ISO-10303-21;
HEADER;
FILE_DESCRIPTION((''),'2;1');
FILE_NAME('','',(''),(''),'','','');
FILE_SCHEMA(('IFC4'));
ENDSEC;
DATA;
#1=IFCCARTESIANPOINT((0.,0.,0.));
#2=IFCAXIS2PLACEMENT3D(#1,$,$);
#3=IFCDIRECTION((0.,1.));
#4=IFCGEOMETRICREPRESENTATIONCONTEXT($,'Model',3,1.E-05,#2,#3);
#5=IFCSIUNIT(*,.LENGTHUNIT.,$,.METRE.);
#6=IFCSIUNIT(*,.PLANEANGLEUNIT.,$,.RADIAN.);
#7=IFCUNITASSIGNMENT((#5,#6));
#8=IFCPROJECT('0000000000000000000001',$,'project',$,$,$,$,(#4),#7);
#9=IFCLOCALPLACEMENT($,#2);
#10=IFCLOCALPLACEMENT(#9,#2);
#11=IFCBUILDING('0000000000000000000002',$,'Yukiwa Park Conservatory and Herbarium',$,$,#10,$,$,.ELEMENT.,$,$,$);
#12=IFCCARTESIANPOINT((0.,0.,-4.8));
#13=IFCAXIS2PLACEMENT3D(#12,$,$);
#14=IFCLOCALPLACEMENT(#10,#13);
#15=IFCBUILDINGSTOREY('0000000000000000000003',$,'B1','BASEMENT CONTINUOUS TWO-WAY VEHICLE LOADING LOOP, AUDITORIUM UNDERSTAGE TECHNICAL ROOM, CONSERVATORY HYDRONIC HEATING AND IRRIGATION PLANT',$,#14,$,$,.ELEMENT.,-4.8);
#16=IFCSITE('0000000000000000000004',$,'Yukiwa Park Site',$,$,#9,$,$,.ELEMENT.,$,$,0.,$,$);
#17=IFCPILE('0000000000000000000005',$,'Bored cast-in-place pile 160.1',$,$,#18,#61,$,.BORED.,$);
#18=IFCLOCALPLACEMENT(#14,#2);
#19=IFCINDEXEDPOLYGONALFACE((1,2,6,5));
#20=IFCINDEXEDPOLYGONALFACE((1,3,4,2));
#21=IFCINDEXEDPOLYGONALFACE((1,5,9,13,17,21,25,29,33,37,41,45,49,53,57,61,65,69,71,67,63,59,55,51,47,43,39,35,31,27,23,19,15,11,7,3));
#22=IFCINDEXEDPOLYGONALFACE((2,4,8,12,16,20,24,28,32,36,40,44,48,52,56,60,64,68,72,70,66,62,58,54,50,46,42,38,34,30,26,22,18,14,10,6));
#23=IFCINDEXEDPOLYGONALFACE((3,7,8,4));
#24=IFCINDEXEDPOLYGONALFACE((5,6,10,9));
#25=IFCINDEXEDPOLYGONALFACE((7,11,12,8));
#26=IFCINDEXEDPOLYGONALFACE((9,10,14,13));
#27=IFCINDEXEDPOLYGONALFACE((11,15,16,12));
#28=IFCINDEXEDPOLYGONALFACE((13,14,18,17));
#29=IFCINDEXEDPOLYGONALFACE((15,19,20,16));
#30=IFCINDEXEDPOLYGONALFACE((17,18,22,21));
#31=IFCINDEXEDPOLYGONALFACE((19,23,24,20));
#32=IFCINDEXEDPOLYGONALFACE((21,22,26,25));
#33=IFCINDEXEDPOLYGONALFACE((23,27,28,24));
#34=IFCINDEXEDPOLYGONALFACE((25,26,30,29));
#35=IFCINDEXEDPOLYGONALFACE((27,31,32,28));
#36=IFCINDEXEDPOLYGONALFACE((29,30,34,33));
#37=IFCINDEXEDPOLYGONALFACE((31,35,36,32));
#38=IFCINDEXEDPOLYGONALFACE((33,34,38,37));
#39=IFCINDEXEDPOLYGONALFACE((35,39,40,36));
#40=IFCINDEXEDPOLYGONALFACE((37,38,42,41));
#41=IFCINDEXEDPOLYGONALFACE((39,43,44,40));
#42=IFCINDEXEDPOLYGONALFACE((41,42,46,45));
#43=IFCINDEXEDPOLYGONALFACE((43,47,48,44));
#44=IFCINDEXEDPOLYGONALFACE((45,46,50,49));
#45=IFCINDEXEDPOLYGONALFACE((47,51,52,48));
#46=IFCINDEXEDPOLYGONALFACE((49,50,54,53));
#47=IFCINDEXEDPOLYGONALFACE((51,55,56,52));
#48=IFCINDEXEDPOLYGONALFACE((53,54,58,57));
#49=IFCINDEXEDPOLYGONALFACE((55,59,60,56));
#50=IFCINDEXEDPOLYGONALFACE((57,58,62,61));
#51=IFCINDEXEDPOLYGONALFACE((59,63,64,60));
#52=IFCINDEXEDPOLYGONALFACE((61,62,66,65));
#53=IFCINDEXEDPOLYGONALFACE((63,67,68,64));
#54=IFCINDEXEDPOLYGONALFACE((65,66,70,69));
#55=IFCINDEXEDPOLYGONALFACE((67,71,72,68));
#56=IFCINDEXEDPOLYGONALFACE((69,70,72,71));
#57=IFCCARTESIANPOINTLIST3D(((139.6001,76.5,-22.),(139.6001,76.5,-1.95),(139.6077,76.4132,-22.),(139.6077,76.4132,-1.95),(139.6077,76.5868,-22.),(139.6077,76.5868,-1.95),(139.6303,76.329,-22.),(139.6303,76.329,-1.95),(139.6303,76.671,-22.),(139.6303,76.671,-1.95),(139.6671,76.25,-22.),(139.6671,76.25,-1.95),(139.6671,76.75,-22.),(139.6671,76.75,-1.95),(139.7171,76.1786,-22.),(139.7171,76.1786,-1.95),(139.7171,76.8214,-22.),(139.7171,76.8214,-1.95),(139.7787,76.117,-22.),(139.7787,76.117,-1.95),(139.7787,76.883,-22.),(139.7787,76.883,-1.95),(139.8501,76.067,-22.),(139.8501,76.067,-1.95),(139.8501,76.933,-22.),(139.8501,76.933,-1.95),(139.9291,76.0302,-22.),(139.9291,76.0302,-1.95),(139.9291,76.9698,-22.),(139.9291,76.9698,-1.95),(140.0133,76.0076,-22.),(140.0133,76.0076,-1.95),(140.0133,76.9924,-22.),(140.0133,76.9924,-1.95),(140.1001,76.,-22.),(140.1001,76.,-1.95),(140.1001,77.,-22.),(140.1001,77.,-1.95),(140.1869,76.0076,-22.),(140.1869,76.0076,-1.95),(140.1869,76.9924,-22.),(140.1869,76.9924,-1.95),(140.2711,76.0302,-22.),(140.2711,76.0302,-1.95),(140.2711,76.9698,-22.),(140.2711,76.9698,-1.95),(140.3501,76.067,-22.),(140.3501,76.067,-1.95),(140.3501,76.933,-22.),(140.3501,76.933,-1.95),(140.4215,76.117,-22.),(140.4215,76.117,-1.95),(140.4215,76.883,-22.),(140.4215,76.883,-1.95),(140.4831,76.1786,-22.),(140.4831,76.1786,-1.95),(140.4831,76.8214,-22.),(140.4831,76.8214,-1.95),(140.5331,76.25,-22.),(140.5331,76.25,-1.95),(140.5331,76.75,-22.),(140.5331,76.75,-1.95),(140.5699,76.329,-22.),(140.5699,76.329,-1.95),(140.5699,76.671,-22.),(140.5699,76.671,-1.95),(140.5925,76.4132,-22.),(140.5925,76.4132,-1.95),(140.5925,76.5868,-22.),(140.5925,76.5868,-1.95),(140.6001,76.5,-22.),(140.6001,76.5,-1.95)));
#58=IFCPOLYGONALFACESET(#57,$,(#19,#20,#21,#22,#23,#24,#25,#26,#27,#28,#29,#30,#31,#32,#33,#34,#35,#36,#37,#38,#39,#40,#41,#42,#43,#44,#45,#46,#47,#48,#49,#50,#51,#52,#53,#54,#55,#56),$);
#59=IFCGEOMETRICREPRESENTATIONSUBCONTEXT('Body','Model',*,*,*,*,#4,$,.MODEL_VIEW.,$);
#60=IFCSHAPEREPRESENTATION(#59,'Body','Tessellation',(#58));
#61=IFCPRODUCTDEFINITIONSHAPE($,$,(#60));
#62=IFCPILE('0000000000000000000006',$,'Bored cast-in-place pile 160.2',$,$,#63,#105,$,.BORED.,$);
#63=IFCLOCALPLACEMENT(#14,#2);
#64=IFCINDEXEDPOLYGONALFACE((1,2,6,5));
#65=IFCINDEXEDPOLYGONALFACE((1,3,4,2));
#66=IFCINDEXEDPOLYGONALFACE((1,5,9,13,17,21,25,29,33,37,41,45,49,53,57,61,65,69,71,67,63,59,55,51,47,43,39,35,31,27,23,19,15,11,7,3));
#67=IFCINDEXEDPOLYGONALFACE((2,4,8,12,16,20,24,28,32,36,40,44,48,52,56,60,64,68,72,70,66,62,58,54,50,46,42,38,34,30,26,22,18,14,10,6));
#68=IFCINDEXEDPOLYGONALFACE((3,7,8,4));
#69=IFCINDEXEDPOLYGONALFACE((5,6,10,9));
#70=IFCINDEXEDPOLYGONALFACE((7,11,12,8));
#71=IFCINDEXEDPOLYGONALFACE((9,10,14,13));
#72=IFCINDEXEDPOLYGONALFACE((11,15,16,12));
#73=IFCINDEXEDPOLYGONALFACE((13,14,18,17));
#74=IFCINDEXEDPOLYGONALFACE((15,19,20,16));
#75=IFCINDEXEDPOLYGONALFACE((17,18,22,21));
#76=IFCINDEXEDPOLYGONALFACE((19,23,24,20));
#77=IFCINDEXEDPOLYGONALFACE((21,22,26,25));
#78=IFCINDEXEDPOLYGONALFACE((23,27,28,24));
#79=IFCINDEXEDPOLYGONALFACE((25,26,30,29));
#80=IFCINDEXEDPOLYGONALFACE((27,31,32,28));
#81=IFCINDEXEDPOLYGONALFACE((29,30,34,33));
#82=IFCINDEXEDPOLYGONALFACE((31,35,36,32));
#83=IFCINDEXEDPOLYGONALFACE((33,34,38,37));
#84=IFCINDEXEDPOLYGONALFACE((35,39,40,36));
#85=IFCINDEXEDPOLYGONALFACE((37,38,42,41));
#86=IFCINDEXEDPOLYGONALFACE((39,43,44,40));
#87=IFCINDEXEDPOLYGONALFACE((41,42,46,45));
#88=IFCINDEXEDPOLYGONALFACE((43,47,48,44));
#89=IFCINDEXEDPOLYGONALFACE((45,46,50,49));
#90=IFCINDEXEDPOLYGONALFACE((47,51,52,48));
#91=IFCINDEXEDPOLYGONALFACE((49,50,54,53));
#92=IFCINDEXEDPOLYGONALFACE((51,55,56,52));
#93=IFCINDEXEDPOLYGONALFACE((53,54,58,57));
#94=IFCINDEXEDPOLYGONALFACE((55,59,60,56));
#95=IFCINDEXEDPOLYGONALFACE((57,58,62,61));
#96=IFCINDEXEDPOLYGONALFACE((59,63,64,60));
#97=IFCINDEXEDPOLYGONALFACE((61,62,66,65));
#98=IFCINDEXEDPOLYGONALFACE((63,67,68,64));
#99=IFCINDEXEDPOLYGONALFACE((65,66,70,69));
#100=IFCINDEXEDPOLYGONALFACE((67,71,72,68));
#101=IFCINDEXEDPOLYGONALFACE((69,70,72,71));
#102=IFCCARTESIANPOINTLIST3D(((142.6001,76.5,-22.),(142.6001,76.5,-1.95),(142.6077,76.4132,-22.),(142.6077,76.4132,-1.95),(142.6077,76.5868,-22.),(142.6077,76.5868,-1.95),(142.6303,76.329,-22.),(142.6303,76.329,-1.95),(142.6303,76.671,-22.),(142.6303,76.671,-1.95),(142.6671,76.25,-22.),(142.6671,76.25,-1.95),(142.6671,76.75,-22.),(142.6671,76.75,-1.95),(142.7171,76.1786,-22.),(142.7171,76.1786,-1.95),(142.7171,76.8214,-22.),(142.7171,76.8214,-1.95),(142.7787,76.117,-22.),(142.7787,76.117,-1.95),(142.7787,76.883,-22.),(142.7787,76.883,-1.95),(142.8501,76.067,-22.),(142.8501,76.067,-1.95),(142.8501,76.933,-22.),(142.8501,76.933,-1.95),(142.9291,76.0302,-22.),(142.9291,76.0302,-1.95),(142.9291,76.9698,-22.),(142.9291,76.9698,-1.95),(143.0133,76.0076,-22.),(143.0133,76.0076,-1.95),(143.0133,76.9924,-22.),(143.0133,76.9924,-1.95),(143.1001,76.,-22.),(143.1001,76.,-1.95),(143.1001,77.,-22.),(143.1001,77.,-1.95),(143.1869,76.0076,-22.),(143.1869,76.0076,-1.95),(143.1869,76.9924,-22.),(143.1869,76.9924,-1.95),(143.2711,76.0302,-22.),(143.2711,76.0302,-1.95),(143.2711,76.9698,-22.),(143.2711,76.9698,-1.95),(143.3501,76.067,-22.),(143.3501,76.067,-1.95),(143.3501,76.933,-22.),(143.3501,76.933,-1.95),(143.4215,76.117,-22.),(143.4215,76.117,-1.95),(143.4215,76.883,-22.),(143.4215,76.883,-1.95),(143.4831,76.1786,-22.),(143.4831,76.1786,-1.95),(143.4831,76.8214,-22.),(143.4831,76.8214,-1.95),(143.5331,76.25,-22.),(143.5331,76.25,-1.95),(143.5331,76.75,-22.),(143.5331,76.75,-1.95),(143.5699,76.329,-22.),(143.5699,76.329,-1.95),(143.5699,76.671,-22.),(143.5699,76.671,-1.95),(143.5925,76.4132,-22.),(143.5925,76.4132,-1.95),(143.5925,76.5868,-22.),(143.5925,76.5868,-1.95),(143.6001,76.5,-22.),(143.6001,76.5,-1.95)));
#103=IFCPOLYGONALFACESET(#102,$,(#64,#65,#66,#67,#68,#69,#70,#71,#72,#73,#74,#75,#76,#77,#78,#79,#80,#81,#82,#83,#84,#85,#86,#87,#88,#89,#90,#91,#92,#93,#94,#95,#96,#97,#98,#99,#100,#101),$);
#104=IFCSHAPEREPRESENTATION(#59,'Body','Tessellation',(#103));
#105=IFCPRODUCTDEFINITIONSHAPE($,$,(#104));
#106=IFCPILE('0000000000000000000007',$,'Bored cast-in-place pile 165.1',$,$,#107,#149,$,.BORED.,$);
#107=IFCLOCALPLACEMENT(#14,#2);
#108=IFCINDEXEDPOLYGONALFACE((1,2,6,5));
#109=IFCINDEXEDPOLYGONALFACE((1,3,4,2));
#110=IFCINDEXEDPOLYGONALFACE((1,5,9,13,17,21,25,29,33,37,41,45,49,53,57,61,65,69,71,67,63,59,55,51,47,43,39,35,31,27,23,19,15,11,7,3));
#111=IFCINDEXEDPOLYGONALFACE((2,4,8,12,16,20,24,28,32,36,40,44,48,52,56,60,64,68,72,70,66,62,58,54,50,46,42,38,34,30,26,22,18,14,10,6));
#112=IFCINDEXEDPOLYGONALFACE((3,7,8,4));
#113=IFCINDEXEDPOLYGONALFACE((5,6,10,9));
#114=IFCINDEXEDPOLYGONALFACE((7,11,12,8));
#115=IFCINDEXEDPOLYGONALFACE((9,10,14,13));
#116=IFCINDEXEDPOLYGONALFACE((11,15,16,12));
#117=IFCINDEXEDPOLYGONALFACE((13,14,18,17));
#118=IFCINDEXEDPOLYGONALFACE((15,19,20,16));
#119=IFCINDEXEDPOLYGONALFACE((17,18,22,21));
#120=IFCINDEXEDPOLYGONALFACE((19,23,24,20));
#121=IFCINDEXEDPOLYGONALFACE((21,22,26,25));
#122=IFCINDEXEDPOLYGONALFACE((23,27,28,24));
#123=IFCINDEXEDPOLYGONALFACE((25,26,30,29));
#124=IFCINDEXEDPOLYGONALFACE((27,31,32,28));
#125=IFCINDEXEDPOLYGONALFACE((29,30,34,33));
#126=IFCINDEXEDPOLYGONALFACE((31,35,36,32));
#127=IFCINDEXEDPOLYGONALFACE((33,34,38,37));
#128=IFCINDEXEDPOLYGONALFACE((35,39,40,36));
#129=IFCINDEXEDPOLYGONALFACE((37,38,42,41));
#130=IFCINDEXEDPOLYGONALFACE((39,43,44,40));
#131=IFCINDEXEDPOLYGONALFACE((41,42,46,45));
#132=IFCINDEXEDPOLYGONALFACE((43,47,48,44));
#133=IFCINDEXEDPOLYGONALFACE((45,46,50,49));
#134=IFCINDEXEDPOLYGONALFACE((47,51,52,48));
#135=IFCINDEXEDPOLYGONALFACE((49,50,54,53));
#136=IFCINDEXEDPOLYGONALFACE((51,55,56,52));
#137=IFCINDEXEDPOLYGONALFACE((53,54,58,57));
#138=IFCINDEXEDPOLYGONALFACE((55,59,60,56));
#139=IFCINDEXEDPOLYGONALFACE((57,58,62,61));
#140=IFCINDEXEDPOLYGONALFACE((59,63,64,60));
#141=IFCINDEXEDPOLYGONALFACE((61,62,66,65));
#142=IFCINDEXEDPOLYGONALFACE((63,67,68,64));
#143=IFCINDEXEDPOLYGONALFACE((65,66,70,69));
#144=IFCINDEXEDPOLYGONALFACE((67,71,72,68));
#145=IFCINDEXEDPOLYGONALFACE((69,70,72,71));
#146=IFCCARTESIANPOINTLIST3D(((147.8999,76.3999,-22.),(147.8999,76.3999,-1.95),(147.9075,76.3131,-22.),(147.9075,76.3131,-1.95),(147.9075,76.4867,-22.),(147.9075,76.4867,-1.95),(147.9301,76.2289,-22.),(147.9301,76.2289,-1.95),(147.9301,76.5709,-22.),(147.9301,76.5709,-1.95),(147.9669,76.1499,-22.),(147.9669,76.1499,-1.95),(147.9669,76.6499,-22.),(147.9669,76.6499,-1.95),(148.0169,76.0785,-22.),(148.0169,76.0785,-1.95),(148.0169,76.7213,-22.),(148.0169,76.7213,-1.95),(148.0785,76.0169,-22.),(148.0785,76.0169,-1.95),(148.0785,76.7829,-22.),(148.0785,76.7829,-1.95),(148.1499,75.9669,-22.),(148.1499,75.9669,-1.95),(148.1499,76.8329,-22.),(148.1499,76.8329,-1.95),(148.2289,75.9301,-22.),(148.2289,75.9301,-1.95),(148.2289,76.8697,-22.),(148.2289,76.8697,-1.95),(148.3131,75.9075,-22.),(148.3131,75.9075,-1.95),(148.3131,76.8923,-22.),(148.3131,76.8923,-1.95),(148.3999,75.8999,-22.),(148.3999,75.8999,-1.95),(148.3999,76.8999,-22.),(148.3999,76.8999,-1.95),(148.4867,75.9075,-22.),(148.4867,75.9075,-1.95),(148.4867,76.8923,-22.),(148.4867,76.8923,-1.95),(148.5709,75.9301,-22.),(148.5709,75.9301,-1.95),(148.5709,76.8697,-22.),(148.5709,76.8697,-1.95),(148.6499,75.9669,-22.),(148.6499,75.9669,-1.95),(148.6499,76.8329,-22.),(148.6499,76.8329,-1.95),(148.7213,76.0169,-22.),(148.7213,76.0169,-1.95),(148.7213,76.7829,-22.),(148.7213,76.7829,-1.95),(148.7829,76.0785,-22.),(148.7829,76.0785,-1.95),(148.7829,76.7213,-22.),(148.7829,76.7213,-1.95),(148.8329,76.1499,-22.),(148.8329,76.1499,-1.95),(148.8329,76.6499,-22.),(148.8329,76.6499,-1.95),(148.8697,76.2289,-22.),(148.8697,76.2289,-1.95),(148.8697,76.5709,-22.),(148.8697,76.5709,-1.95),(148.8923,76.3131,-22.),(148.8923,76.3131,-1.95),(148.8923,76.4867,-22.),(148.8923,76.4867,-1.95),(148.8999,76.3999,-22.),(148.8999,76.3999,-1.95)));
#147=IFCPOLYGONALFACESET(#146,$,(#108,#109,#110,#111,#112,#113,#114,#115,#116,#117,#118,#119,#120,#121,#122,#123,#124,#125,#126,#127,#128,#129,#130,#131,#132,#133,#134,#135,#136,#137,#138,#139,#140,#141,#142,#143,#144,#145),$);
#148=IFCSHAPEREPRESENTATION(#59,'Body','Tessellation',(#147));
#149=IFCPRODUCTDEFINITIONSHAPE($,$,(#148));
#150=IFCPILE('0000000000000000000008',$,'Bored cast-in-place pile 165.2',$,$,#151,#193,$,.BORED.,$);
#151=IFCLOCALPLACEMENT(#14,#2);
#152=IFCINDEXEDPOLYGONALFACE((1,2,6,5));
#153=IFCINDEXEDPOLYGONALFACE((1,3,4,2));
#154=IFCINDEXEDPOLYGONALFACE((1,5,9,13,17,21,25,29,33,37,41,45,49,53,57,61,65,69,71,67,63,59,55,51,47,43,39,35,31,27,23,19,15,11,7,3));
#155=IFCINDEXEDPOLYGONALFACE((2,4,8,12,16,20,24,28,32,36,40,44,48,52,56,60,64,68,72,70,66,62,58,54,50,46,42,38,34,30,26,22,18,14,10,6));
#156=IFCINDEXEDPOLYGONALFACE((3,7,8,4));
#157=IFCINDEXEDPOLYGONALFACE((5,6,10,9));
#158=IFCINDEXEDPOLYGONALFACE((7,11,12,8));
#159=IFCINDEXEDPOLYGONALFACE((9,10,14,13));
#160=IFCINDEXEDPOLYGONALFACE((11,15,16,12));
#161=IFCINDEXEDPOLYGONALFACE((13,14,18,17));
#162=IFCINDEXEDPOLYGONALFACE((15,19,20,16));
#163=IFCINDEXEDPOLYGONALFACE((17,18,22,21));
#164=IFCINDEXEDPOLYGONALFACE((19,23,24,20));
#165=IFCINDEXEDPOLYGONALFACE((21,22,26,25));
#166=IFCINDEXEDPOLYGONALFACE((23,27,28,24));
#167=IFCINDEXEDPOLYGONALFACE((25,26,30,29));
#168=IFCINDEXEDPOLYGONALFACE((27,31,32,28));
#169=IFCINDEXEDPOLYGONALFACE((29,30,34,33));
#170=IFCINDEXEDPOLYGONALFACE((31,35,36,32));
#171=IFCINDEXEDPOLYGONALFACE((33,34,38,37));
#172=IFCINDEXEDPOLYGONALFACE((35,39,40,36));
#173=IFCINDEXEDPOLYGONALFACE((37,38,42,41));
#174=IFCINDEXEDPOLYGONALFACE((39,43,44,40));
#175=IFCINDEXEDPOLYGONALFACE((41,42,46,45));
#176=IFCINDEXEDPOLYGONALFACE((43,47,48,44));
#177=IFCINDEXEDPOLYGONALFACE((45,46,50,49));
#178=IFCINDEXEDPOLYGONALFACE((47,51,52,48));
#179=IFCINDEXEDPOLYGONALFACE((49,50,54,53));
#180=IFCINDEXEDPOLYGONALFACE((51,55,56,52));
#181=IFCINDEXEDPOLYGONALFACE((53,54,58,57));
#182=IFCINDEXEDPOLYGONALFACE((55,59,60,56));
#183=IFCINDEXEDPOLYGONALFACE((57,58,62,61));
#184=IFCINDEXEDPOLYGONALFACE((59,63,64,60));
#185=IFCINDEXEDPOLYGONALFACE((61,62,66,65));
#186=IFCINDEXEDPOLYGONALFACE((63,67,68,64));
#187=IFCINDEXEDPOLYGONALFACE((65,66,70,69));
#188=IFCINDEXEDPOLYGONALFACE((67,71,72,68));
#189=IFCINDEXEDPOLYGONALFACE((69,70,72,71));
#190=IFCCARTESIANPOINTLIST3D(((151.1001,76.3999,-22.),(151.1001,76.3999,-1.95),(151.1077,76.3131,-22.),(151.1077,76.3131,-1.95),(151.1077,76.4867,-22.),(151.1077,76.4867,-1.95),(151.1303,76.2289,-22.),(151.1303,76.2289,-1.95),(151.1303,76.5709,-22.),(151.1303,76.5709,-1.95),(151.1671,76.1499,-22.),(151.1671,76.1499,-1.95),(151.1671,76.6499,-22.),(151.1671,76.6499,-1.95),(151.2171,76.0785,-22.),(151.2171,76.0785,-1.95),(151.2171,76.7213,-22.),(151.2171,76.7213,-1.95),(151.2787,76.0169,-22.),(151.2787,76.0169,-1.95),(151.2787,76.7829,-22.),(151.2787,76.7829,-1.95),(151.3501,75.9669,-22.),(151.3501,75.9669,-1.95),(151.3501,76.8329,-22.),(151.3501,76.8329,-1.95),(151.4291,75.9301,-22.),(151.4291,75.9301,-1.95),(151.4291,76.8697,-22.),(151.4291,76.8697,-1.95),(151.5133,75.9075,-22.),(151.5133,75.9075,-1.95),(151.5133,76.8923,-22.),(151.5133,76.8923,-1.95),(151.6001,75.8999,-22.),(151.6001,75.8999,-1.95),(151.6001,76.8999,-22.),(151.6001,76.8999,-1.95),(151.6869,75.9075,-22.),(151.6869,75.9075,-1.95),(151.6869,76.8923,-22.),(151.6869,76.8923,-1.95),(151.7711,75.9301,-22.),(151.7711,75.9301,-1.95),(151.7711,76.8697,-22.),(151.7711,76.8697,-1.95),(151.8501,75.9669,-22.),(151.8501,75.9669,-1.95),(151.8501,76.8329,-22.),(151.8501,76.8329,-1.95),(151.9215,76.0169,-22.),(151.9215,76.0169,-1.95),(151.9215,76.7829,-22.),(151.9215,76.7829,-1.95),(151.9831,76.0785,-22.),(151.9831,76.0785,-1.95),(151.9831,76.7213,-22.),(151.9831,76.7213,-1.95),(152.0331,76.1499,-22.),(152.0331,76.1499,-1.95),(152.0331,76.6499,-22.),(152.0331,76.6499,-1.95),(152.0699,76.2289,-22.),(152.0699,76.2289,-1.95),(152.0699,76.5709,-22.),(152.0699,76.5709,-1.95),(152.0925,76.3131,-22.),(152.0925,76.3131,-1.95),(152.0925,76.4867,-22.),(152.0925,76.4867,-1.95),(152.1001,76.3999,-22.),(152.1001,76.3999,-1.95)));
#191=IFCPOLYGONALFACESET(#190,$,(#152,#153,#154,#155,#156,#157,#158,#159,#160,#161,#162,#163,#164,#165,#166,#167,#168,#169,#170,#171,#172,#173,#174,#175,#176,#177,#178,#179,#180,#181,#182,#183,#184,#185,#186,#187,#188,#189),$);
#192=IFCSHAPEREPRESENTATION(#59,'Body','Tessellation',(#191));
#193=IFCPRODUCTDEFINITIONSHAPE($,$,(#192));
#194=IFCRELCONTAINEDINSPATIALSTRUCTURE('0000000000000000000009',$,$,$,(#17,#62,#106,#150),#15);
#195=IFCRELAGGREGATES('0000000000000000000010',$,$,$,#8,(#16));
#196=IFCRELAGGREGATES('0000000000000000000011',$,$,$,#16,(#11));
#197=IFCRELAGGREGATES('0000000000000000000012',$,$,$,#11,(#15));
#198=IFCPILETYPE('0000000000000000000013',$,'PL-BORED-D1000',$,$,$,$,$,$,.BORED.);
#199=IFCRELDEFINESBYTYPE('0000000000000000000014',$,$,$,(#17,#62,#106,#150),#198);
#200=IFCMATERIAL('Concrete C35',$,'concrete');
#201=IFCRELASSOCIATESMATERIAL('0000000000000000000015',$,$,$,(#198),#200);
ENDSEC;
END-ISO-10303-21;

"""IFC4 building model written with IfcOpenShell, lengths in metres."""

from ifc_helpers import new_model, si_unit, direction, frame, origin, origin_2d, place, context, subcontext, project, spatial, circle, extrude, material, material_profile, profile_set, type_object, element, save


model = new_model("IFC4")

# Units and contexts
model_context = context("Model", 3, precision=1e-05, world=origin(), true_north=direction((0.0, 1.0)))
body_context = subcontext(model_context, "Body", "Model", "MODEL_VIEW")
ifc_project = project(units=[si_unit("LENGTHUNIT", "METRE"), si_unit("PLANEANGLEUNIT", "RADIAN")], contexts=[model_context])

# Site, building, storey
site_placement = place(None, origin())
site = spatial("IfcSite", under=ifc_project, at=site_placement, Name="Yukiwa Park Site", CompositionType="ELEMENT", RefElevation=0.0)
building_placement = place(site_placement, origin())
building = spatial("IfcBuilding", under=site, at=building_placement, Name="Yukiwa Park Conservatory and Herbarium", CompositionType="ELEMENT")
storey_placement = place(building_placement, frame((0.0, 0.0, -4.8)))
storey = spatial("IfcBuildingStorey", under=building, at=storey_placement, Name="B1", Description="BASEMENT CONTINUOUS TWO-WAY VEHICLE LOADING LOOP, AUDITORIUM UNDERSTAGE TECHNICAL ROOM, CONSERVATORY HYDRONIC HEATING AND IRRIGATION PLANT", CompositionType="ELEMENT", Elevation=-4.8)

# Piles
ifc_material_1 = material(Name="Concrete C35", Category="concrete")
ifc_material_profile_1 = material_profile(ifc_material_1, circle(Radius=0.5, at=origin_2d()), Name="PILE D1000")
ifc_profile_set_1 = profile_set([ifc_material_profile_1], Name="Concrete C35")
pile_type_1 = type_object("IfcPileType", Name="PL-BORED-D1000", PredefinedType="BORED", material=ifc_profile_set_1)
for number, where, z_axis, x_axis, name in (
    (1, (140.1001, 76.5, -1.95), (0.0, 0.0, -1.0), (1.0, 0.0, 0.0), "Bored cast-in-place pile 160.1"),
    (2, (143.1001, 76.5, -1.95), (0.0, 0.0, -1.0), (1.0, 0.0, 0.0), "Bored cast-in-place pile 160.2"),
    (3, (148.3999, 76.3999, -1.95), (0.0, 0.0, -1.0), (1.0, 0.0, 0.0), "Bored cast-in-place pile 165.1"),
    (4, (151.6001, 76.3999, -1.95), (0.0, 0.0, -1.0), (1.0, 0.0, 0.0), "Bored cast-in-place pile 165.2"),
):
    element("IfcPile", number, at=place(storey_placement, frame(where, z_axis=z_axis, x_axis=x_axis)), inside=storey, type_object=pile_type_1, Name=name, PredefinedType="BORED", context=body_context, shape_type="SweptSolid", body=[
        extrude(circle(Radius=0.5, at=origin_2d()), origin(), (0.0, 0.0, 1.0), 20.05),
    ])

save(model, "model.ifc")
